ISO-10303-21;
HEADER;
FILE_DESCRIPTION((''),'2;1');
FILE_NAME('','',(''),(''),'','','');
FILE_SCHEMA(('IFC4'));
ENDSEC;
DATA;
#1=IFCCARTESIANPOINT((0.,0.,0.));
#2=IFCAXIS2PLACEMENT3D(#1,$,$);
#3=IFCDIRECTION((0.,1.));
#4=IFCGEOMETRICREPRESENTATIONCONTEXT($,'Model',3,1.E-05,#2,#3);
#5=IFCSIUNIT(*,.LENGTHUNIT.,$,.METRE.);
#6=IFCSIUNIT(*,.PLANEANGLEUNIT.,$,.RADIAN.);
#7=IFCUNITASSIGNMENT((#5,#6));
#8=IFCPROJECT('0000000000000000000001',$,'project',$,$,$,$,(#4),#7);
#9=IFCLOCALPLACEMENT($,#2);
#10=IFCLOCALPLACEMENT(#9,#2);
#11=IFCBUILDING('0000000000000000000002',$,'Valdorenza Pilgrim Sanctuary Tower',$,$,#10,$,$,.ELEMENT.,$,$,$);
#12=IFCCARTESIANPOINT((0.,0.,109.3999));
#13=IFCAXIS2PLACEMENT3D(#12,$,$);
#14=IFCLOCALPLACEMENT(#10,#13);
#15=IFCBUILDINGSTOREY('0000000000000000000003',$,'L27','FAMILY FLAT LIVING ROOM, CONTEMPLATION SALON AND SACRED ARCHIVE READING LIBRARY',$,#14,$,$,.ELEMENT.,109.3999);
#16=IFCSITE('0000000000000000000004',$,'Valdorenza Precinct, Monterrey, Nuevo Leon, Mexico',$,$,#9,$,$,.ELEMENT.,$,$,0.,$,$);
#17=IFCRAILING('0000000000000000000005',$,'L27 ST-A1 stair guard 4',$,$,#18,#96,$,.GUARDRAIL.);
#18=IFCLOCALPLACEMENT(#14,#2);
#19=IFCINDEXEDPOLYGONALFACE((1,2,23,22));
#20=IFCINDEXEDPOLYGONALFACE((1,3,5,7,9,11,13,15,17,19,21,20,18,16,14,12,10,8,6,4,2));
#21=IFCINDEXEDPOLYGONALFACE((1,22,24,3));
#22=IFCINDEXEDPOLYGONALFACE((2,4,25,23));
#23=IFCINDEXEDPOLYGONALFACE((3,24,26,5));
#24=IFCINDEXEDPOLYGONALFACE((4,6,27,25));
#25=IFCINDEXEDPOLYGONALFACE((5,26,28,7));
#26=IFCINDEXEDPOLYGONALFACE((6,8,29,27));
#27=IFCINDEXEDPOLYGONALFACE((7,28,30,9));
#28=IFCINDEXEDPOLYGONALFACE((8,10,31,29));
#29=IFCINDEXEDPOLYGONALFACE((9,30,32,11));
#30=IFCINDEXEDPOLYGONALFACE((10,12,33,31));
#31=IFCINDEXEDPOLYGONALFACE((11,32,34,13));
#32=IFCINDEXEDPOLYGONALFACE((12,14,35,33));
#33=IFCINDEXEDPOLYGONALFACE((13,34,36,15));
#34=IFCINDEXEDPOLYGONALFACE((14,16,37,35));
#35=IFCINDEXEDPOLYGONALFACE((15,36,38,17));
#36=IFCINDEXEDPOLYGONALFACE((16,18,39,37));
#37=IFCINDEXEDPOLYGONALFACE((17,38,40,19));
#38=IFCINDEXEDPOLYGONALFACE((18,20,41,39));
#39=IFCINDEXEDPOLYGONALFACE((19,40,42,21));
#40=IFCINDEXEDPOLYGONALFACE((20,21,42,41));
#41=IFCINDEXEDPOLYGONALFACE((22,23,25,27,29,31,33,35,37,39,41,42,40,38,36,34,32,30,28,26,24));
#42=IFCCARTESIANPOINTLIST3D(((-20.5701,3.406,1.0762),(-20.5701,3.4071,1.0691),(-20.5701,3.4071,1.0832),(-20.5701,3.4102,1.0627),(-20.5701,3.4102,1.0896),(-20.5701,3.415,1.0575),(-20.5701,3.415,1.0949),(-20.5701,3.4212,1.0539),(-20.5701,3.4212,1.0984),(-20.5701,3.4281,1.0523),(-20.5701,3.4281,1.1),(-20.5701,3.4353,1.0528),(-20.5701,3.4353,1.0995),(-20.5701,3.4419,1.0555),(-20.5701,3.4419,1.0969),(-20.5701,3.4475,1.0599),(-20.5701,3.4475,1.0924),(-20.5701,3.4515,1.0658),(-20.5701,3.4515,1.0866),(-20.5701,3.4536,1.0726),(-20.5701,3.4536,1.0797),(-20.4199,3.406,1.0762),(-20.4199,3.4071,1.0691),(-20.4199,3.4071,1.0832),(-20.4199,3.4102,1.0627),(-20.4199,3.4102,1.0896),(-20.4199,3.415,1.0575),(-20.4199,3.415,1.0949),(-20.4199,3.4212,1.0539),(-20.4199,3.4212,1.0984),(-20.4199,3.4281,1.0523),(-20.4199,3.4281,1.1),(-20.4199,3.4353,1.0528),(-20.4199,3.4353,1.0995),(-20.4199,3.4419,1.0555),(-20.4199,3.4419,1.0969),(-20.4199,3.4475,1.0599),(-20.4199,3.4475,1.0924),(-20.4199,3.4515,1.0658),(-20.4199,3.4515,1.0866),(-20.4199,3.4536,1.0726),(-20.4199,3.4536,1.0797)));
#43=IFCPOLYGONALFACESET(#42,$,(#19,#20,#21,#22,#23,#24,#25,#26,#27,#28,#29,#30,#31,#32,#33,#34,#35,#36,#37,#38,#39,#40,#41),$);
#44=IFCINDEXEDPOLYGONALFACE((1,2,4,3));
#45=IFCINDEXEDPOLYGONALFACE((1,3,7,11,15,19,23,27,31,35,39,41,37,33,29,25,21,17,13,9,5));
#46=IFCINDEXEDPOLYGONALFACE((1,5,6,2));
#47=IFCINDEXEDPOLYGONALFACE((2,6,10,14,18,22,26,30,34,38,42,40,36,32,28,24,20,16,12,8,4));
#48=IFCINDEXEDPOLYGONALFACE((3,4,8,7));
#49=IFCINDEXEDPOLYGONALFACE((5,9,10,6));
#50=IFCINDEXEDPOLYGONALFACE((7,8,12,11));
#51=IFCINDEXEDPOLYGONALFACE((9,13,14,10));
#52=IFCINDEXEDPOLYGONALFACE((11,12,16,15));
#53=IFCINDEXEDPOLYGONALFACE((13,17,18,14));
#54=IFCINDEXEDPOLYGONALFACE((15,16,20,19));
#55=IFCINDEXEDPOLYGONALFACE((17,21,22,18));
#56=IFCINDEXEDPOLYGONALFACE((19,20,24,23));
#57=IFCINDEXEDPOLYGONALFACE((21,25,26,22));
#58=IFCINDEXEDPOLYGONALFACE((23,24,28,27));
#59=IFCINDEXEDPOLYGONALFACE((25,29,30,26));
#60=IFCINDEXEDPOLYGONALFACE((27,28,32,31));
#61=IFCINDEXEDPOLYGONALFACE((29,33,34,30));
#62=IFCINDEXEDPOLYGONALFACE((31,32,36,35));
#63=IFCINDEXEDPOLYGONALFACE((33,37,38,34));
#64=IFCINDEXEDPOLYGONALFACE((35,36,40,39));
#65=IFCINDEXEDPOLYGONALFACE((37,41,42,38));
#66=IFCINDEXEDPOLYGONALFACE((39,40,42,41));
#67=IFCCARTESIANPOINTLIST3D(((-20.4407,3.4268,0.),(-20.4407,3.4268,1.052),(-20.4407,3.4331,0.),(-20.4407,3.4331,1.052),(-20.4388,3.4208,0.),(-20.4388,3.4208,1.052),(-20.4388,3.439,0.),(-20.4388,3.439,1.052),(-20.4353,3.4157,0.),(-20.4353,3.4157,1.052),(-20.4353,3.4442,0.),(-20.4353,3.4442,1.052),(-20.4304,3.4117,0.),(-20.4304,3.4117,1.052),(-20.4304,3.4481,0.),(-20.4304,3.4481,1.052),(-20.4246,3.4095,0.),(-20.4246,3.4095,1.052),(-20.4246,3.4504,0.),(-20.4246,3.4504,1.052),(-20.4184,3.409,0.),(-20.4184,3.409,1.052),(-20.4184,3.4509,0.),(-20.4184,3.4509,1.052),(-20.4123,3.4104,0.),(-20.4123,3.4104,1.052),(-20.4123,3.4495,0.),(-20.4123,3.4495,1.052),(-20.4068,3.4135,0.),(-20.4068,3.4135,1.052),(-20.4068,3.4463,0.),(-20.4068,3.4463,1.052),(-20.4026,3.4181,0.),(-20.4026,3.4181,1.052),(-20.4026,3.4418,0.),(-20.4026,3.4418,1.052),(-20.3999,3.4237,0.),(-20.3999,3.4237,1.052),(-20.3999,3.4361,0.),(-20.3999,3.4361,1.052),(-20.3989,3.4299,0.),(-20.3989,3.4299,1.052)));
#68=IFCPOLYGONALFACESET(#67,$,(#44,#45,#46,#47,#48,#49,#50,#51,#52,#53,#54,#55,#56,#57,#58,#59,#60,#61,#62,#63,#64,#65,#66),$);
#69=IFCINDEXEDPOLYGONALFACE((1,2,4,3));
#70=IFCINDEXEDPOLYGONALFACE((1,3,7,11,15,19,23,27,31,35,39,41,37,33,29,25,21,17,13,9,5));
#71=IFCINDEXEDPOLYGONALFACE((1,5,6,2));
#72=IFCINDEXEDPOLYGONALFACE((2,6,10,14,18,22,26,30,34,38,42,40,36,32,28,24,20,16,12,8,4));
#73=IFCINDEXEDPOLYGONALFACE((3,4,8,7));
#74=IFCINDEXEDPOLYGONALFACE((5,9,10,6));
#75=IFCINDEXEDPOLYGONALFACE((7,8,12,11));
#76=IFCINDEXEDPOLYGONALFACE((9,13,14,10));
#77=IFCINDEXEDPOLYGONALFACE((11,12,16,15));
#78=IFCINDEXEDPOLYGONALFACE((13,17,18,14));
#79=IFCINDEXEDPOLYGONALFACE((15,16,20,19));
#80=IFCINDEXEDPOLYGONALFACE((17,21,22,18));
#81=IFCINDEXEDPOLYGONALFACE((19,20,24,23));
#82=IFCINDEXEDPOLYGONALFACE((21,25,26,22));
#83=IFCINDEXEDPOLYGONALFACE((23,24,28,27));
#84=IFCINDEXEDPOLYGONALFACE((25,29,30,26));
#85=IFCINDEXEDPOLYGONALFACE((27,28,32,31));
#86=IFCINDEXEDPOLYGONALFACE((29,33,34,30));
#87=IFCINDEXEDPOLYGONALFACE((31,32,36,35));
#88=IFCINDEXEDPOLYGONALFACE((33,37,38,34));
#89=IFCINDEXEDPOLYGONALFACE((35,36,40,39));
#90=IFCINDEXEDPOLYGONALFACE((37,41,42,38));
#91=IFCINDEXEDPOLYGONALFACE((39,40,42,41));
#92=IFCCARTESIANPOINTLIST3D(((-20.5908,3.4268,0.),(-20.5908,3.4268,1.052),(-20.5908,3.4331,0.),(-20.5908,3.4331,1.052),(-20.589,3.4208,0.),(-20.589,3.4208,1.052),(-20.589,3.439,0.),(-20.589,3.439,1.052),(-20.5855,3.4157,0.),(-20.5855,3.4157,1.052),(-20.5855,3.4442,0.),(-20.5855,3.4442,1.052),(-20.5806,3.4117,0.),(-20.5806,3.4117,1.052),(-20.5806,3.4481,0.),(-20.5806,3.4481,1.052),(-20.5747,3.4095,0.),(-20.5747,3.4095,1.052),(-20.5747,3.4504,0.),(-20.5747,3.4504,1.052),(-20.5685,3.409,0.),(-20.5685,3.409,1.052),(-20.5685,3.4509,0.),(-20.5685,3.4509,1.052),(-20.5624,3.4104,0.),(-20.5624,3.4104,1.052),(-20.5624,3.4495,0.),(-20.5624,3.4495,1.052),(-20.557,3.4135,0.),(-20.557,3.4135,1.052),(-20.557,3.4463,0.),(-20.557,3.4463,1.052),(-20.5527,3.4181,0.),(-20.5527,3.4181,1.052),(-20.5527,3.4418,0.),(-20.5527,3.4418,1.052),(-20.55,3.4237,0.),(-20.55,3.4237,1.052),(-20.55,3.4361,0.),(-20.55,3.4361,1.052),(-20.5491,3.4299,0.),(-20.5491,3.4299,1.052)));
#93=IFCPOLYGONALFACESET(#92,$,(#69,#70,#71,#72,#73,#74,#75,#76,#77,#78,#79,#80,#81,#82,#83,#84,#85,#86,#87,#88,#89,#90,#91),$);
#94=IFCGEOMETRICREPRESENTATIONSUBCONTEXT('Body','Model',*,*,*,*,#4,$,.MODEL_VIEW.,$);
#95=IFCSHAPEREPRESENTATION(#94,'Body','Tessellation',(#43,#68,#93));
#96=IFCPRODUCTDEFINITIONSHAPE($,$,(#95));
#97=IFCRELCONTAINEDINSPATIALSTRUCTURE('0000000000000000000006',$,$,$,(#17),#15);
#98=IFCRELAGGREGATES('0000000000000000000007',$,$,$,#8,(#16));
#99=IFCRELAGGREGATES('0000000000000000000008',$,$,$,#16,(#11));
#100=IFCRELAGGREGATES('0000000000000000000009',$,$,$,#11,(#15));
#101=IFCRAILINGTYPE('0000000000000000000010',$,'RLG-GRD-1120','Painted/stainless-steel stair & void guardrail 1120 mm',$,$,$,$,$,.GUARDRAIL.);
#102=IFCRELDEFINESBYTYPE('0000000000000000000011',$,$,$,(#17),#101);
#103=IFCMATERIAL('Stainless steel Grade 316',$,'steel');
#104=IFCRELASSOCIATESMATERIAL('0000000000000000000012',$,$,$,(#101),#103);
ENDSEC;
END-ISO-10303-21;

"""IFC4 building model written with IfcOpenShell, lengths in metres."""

from ifc_helpers import new_model, si_unit, direction, frame, origin, origin_2d, place, context, subcontext, project, spatial, circle, extrude, material, type_object, element, save


model = new_model("IFC4")

# Units and contexts
model_context = context("Model", 3, precision=1e-05, world=origin(), true_north=direction((0.0, 1.0)))
body_context = subcontext(model_context, "Body", "Model", "MODEL_VIEW")
ifc_project = project(units=[si_unit("LENGTHUNIT", "METRE"), si_unit("PLANEANGLEUNIT", "RADIAN")], contexts=[model_context])

# Site, building, storey
site_placement = place(None, origin())
site = spatial("IfcSite", under=ifc_project, at=site_placement, Name="Valdorenza Precinct, Monterrey, Nuevo Leon, Mexico", CompositionType="ELEMENT", RefElevation=0.0)
building_placement = place(site_placement, origin())
building = spatial("IfcBuilding", under=site, at=building_placement, Name="Valdorenza Pilgrim Sanctuary Tower", CompositionType="ELEMENT")
storey_placement = place(building_placement, frame((0.0, 0.0, 109.3999)))
storey = spatial("IfcBuildingStorey", under=building, at=storey_placement, Name="L27", Description="FAMILY FLAT LIVING ROOM, CONTEMPLATION SALON AND SACRED ARCHIVE READING LIBRARY", CompositionType="ELEMENT", Elevation=109.3999)

# Railing
ifc_material_1 = material(Name="Stainless steel Grade 316", Category="steel")
railing_type_1 = type_object("IfcRailingType", Name="RLG-GRD-1120", Description="Painted/stainless-steel stair & void guardrail 1120 mm", PredefinedType="GUARDRAIL", material=ifc_material_1)
railing_1_placement = place(storey_placement, frame((-20.4199, 3.4299, 0.0)))
element("IfcRailing", 1, at=railing_1_placement, inside=storey, type_object=railing_type_1, Name="L27 ST-A1 stair guard 4", PredefinedType="GUARDRAIL", context=body_context, shape_type="SweptSolid", body=[
    extrude(circle(Radius=0.0239, at=origin_2d()), frame((0.0, 0.0, 1.0762), z_axis=(-1.0, 0.0, 0.0), x_axis=(0.0, -1.0, 0.0)), (0.0, 0.0, 1.0), 0.1501),
    extrude(circle(Radius=0.021, at=origin_2d()), origin(), (0.0, 0.0, 1.0), 1.052),
    extrude(circle(Radius=0.021, at=origin_2d()), frame((-0.1501, 0.0, 0.0)), (0.0, 0.0, 1.0), 1.052),
])

save(model, "model.ifc")
